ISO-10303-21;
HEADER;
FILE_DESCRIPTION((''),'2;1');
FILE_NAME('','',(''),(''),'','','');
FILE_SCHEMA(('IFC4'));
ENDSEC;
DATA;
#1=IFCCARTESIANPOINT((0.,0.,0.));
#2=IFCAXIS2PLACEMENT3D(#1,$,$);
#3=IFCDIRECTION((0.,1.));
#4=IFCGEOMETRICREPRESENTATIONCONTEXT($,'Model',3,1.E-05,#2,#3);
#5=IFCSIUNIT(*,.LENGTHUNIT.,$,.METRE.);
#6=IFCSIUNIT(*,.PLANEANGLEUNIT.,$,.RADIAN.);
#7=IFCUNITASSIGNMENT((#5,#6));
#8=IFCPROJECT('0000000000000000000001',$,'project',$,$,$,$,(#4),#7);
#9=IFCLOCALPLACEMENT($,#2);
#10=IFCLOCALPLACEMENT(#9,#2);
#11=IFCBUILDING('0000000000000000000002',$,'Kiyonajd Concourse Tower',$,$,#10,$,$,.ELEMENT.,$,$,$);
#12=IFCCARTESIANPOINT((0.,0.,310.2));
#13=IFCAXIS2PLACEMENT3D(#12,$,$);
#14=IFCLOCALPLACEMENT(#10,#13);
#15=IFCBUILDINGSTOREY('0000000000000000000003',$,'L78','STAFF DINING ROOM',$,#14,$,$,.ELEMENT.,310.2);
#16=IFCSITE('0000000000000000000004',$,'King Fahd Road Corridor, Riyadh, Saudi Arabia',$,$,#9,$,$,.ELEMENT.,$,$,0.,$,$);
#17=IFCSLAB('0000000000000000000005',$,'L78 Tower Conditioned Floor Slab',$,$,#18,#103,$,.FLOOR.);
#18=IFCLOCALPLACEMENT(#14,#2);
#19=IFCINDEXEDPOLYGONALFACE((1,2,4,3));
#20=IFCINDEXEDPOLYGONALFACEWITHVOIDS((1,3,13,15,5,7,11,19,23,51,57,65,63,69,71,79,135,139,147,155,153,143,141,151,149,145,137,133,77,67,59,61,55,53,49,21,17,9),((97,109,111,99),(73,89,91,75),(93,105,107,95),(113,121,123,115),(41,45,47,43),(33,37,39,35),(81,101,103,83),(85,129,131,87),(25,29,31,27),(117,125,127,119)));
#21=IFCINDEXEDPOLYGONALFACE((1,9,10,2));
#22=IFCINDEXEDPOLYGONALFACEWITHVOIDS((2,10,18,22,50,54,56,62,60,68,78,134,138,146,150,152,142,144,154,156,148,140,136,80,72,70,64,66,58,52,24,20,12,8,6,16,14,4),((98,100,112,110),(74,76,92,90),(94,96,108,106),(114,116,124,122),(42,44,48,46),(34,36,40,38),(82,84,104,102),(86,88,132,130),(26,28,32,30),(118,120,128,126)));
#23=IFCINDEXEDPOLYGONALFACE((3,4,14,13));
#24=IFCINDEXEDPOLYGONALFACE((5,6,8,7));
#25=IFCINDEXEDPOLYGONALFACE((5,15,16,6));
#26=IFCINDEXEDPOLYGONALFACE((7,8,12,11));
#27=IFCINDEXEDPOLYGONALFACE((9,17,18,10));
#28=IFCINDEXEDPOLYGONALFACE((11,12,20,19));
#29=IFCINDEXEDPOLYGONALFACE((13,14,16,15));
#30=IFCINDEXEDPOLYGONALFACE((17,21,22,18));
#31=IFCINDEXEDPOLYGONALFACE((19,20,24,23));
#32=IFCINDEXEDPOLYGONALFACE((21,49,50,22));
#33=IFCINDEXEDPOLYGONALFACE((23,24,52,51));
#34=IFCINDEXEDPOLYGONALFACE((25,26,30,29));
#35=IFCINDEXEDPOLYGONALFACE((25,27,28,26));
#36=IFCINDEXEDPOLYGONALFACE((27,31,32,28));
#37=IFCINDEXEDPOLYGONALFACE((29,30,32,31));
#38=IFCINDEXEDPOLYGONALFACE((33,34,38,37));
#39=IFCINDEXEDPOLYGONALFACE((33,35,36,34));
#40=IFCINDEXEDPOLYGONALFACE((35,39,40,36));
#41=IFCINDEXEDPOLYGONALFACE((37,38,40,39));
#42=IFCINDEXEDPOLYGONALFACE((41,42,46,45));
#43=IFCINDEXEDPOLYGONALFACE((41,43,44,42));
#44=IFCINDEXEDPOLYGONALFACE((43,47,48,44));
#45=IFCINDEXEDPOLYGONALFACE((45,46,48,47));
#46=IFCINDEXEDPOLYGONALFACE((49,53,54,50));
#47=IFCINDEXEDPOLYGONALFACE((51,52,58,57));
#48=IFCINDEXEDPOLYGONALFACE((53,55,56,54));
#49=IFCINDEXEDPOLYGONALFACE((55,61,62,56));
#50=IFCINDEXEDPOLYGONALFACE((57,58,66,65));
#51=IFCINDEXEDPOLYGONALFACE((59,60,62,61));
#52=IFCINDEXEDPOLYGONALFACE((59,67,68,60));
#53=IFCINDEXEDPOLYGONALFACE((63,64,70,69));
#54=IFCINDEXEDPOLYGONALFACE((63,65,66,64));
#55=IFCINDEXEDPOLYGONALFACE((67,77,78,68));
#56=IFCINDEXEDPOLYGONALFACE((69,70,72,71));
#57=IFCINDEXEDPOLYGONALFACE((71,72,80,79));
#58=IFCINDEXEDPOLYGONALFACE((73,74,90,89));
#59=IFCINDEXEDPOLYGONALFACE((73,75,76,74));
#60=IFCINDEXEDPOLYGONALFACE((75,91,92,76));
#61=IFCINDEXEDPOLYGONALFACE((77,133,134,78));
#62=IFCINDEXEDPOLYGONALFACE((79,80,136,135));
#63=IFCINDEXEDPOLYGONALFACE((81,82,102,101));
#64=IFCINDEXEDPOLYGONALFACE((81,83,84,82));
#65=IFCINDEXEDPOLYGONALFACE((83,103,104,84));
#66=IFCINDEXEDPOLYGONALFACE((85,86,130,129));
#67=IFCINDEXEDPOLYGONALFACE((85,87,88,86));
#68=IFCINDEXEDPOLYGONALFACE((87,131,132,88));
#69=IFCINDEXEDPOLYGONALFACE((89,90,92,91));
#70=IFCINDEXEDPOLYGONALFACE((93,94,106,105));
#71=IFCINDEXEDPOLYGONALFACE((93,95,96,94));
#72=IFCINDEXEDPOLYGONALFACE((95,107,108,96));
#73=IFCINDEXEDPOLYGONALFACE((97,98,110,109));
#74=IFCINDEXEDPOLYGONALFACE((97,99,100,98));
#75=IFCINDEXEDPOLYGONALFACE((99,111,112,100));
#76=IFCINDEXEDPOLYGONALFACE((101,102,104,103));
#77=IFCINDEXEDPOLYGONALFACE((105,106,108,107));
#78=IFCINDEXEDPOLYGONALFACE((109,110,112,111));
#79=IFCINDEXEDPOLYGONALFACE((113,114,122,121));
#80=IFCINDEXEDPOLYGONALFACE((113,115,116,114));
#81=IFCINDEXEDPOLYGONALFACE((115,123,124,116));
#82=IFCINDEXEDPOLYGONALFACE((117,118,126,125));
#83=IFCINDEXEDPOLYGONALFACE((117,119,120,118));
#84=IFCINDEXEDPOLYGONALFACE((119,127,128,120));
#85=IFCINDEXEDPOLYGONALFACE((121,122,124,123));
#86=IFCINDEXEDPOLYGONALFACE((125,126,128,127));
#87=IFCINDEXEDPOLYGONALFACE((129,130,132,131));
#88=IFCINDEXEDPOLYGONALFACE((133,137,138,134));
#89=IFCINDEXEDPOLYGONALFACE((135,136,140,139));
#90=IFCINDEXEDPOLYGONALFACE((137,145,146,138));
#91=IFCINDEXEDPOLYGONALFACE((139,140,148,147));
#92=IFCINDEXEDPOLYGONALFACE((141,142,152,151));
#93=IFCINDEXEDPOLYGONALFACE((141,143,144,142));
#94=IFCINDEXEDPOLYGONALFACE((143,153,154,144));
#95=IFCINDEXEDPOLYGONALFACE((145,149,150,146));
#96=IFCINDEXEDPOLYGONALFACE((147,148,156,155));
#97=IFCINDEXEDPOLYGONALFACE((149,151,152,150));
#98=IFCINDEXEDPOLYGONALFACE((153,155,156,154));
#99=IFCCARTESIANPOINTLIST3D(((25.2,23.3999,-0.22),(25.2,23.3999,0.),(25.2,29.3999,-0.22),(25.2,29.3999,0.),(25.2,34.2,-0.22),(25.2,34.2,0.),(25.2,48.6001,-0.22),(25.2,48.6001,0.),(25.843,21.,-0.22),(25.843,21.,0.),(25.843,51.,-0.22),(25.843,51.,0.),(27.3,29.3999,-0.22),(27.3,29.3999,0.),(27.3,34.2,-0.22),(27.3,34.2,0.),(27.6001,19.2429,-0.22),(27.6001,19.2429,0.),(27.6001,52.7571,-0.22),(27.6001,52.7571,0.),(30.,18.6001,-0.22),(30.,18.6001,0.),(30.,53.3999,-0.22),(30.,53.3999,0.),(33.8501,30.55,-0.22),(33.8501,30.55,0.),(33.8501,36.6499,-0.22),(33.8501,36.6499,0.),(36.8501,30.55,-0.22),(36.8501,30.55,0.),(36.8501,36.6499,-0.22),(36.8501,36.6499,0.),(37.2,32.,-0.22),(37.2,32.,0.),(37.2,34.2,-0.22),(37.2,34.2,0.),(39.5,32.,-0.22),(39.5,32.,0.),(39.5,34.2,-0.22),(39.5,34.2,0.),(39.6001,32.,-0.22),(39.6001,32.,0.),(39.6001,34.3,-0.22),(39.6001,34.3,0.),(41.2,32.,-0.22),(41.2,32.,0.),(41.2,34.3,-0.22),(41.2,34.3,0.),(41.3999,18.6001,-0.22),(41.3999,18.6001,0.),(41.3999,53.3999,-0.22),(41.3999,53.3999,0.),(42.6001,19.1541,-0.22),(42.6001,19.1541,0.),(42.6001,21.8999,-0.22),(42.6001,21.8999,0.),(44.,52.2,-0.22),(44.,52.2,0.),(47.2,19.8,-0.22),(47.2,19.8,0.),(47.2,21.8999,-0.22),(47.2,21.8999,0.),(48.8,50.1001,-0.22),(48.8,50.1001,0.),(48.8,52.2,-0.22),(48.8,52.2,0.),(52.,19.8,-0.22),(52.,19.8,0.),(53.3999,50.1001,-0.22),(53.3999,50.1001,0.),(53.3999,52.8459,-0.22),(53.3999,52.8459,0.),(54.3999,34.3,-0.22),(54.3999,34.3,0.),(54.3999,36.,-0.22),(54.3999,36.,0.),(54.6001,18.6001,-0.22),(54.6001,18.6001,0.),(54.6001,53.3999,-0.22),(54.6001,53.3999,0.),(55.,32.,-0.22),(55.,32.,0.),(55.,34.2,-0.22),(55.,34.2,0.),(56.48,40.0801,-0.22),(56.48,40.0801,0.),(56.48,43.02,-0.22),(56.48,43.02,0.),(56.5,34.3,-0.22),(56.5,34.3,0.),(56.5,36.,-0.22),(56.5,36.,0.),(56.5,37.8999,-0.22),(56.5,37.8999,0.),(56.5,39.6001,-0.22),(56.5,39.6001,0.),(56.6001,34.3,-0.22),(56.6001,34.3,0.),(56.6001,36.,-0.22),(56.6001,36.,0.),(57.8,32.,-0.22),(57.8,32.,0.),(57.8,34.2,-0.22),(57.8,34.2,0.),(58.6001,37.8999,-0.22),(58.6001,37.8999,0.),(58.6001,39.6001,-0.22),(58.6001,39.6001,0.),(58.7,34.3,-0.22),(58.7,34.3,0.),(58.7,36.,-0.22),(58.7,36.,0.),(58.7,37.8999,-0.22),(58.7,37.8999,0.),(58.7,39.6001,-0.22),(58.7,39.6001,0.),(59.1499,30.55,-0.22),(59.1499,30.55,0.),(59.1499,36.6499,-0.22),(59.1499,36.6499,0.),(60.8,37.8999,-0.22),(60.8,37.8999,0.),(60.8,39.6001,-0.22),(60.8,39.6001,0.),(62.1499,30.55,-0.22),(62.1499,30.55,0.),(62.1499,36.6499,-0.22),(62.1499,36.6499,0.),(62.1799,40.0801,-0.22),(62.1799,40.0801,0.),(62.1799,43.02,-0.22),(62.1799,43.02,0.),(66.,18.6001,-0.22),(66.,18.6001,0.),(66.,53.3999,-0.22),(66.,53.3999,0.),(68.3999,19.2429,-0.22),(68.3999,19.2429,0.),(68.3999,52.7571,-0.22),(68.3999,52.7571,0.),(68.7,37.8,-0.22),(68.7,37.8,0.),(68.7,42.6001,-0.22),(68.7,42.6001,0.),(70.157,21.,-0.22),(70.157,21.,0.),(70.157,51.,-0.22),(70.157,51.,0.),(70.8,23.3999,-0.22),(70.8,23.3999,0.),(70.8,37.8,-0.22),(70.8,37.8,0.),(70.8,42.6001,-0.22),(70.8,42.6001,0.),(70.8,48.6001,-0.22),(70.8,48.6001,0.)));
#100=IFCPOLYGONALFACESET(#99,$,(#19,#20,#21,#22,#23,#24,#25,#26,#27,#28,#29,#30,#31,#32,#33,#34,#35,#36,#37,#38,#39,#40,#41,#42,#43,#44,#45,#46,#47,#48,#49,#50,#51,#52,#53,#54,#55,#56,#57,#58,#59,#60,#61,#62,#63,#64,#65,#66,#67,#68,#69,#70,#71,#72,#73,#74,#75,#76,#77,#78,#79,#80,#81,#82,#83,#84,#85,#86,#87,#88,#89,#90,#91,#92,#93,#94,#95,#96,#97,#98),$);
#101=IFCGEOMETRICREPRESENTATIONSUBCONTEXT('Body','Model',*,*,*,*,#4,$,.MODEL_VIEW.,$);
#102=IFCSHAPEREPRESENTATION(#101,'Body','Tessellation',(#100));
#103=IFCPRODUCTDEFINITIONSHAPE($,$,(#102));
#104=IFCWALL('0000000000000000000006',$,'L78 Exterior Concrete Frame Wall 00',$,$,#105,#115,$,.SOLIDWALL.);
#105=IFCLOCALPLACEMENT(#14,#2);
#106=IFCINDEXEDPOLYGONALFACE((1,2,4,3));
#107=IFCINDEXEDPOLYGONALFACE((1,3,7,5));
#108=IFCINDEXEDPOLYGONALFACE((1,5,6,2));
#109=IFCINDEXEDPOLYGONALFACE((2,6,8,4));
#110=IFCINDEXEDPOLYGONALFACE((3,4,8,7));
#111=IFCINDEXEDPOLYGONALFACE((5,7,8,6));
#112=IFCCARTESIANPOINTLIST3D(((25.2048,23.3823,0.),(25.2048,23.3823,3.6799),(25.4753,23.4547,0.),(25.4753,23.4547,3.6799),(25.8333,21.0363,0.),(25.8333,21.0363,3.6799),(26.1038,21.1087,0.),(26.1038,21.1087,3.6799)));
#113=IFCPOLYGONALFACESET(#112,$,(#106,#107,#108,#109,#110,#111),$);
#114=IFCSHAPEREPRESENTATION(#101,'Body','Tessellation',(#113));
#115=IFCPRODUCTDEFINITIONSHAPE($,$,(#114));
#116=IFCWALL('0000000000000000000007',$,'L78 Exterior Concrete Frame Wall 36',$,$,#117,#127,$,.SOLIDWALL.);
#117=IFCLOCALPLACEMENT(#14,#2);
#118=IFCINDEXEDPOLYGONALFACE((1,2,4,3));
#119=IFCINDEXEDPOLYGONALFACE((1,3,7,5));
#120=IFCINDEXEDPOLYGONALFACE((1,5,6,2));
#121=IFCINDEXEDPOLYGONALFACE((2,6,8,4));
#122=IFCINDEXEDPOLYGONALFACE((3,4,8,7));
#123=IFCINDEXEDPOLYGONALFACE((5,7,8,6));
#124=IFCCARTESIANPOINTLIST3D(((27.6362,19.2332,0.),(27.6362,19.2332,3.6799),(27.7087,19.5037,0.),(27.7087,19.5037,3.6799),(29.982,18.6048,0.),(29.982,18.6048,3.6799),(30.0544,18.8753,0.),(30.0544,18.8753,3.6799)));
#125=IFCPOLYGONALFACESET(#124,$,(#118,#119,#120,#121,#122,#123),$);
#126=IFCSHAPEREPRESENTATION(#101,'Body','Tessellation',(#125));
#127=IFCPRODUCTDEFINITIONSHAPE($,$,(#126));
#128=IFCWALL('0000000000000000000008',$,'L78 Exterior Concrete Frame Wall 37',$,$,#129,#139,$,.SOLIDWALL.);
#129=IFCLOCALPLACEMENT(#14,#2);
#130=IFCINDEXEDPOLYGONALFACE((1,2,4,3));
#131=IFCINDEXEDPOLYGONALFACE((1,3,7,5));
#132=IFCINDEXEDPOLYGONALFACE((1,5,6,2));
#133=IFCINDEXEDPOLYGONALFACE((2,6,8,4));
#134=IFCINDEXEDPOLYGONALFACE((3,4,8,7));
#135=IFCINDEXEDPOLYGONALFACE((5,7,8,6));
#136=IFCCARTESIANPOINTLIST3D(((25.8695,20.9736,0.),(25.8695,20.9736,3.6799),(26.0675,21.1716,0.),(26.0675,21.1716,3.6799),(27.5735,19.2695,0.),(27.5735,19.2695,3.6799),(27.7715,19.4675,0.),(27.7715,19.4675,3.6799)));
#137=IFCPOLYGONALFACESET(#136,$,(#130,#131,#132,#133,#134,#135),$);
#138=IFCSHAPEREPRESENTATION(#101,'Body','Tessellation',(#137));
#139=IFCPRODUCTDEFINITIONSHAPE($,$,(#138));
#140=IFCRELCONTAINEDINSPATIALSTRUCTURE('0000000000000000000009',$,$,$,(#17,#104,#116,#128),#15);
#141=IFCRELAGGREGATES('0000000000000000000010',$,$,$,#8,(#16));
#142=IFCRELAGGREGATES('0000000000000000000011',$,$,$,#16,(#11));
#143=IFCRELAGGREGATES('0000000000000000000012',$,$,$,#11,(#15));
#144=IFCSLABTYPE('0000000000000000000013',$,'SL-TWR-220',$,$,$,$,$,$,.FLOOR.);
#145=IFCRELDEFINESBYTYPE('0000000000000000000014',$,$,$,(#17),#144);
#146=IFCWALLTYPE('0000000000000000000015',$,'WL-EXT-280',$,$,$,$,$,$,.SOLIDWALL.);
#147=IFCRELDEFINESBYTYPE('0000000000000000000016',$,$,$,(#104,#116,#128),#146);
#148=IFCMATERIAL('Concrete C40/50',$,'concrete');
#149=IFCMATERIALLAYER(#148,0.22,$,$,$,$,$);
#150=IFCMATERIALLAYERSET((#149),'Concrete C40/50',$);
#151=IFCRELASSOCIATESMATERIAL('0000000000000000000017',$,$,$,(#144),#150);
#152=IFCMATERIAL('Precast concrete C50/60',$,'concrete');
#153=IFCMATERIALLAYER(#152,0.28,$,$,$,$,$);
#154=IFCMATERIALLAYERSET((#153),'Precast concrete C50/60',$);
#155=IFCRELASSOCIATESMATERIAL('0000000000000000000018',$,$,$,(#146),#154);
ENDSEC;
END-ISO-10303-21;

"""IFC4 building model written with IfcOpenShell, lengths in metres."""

from ifc_helpers import new_model, si_unit, direction, frame, frame_2d, origin, place, context, subcontext, project, spatial, polyline, rectangle, outline, extrude, material, layer, layer_set, type_object, element, save


model = new_model("IFC4")

# Units and contexts
model_context = context("Model", 3, precision=1e-05, world=origin(), true_north=direction((0.0, 1.0)))
body_context = subcontext(model_context, "Body", "Model", "MODEL_VIEW")
ifc_project = project(units=[si_unit("LENGTHUNIT", "METRE"), si_unit("PLANEANGLEUNIT", "RADIAN")], contexts=[model_context])

# Site, building, storey
site_placement = place(None, origin())
site = spatial("IfcSite", under=ifc_project, at=site_placement, Name="King Fahd Road Corridor, Riyadh, Saudi Arabia", CompositionType="ELEMENT", RefElevation=0.0)
building_placement = place(site_placement, origin())
building = spatial("IfcBuilding", under=site, at=building_placement, Name="Kiyonajd Concourse Tower", CompositionType="ELEMENT")
storey_placement = place(building_placement, frame((0.0, 0.0, 310.2)))
storey = spatial("IfcBuildingStorey", under=building, at=storey_placement, Name="L78", Description="STAFF DINING ROOM", CompositionType="ELEMENT", Elevation=310.2)

# Shared definitions
ifc_material_1 = material(Name="Concrete C40/50", Category="concrete")

# Slab
ifc_material_2 = material(Name="Precast concrete C50/60", Category="concrete")
ifc_layer_1 = layer(ifc_material_1, 0.22)
ifc_layer_set_1 = layer_set([ifc_layer_1], Name="Concrete C40/50")
slab_type_1 = type_object("IfcSlabType", Name="SL-TWR-220", PredefinedType="FLOOR", material=ifc_layer_set_1)
slab_1_placement = place(storey_placement, frame((0.0, 0.0, -0.22)))
element("IfcSlab", 1, at=slab_1_placement, inside=storey, type_object=slab_type_1, Name="L78 Tower Conditioned Floor Slab", PredefinedType="FLOOR", context=body_context, shape_type="SweptSolid", body=[
    extrude(outline(polyline([(25.843, 21.0), (25.2, 23.3999), (25.2, 29.3999), (27.3, 29.3999), (27.3, 34.2), (25.2, 34.2), (25.2, 48.6001), (25.843, 51.0), (27.6001, 52.7571), (30.0, 53.3999), (41.3999, 53.3999), (44.0, 52.2), (48.8, 52.2), (48.8, 50.1001), (53.3999, 50.1001), (53.3999, 52.8459), (54.6001, 53.3999), (66.0, 53.3999), (68.3999, 52.7571), (70.157, 51.0), (70.8, 48.6001), (70.8, 42.6001), (68.7, 42.6001), (68.7, 37.8), (70.8, 37.8), (70.8, 23.3999), (70.157, 21.0), (68.3999, 19.2429), (66.0, 18.6001), (54.6001, 18.6001), (52.0, 19.8), (47.2, 19.8), (47.2, 21.8999), (42.6001, 21.8999), (42.6001, 19.1541), (41.3999, 18.6001), (30.0, 18.6001), (27.6001, 19.2429), (25.843, 21.0)]), holes=[polyline([(39.5, 32.0), (37.2, 32.0), (37.2, 34.2), (39.5, 34.2), (39.5, 32.0)]), polyline([(57.8, 32.0), (55.0, 32.0), (55.0, 34.2), (57.8, 34.2), (57.8, 32.0)]), polyline([(41.2, 32.0), (39.6001, 32.0), (39.6001, 34.3), (41.2, 34.3), (41.2, 32.0)]), polyline([(33.8501, 30.55), (33.8501, 36.6499), (36.8501, 36.6499), (36.8501, 30.55), (33.8501, 30.55)]), polyline([(59.1499, 30.55), (59.1499, 36.6499), (62.1499, 36.6499), (62.1499, 30.55), (59.1499, 30.55)]), polyline([(56.5, 34.3), (54.3999, 34.3), (54.3999, 36.0), (56.5, 36.0), (56.5, 34.3)]), polyline([(58.7, 34.3), (56.6001, 34.3), (56.6001, 36.0), (58.7, 36.0), (58.7, 34.3)]), polyline([(58.6001, 37.8999), (56.5, 37.8999), (56.5, 39.6001), (58.6001, 39.6001), (58.6001, 37.8999)]), polyline([(58.7, 37.8999), (58.7, 39.6001), (60.8, 39.6001), (60.8, 37.8999), (58.7, 37.8999)]), polyline([(56.48, 43.02), (62.1799, 43.02), (62.1799, 40.0801), (56.48, 40.0801), (56.48, 43.02)])]), origin(), (0.0, 0.0, 1.0), 0.22),
])

# Walls
ifc_layer_2 = layer(ifc_material_2, 0.28)
ifc_layer_set_2 = layer_set([ifc_layer_2], Name="Precast concrete C50/60")
wall_type = type_object("IfcWallType", Name="WL-EXT-280", PredefinedType="SOLIDWALL", material=ifc_layer_set_2)
wall_1_placement = place(storey_placement, frame((25.9685, 21.0725, 0.0), z_axis=(0.0, 0.0, 1.0), x_axis=(-0.258751, 0.965944, 0.0)))
element("IfcWall", 2, at=wall_1_placement, inside=storey, type_object=wall_type, Name="L78 Exterior Concrete Frame Wall 00", PredefinedType="SOLIDWALL", context=body_context, shape_type="SweptSolid", body=[
    extrude(rectangle(XDim=2.4287, YDim=0.28, at=frame_2d((1.2144, 0.0))), origin(), (0.0, 0.0, 1.0), 3.6799),
])
wall_2_placement = place(storey_placement, frame((30.0183, 18.74, 0.0), z_axis=(0.0, 0.0, 1.0), x_axis=(-0.965937, 0.258776, 0.0)))
element("IfcWall", 3, at=wall_2_placement, inside=storey, type_object=wall_type, Name="L78 Exterior Concrete Frame Wall 36", PredefinedType="SOLIDWALL", context=body_context, shape_type="SweptSolid", body=[
    extrude(rectangle(XDim=2.4285, YDim=0.28, at=frame_2d((1.2144, 0.0))), origin(), (0.0, 0.0, 1.0), 3.6799),
])
wall_3_placement = place(storey_placement, frame((27.6726, 19.3684, 0.0), z_axis=(0.0, 0.0, 1.0), x_axis=(-0.707107, 0.707107, 0.0)))
element("IfcWall", 4, at=wall_3_placement, inside=storey, type_object=wall_type, Name="L78 Exterior Concrete Frame Wall 37", PredefinedType="SOLIDWALL", context=body_context, shape_type="SweptSolid", body=[
    extrude(rectangle(XDim=2.4099, YDim=0.28, at=frame_2d((1.2051, 0.0))), origin(), (0.0, 0.0, 1.0), 3.6799),
])

save(model, "model.ifc")
